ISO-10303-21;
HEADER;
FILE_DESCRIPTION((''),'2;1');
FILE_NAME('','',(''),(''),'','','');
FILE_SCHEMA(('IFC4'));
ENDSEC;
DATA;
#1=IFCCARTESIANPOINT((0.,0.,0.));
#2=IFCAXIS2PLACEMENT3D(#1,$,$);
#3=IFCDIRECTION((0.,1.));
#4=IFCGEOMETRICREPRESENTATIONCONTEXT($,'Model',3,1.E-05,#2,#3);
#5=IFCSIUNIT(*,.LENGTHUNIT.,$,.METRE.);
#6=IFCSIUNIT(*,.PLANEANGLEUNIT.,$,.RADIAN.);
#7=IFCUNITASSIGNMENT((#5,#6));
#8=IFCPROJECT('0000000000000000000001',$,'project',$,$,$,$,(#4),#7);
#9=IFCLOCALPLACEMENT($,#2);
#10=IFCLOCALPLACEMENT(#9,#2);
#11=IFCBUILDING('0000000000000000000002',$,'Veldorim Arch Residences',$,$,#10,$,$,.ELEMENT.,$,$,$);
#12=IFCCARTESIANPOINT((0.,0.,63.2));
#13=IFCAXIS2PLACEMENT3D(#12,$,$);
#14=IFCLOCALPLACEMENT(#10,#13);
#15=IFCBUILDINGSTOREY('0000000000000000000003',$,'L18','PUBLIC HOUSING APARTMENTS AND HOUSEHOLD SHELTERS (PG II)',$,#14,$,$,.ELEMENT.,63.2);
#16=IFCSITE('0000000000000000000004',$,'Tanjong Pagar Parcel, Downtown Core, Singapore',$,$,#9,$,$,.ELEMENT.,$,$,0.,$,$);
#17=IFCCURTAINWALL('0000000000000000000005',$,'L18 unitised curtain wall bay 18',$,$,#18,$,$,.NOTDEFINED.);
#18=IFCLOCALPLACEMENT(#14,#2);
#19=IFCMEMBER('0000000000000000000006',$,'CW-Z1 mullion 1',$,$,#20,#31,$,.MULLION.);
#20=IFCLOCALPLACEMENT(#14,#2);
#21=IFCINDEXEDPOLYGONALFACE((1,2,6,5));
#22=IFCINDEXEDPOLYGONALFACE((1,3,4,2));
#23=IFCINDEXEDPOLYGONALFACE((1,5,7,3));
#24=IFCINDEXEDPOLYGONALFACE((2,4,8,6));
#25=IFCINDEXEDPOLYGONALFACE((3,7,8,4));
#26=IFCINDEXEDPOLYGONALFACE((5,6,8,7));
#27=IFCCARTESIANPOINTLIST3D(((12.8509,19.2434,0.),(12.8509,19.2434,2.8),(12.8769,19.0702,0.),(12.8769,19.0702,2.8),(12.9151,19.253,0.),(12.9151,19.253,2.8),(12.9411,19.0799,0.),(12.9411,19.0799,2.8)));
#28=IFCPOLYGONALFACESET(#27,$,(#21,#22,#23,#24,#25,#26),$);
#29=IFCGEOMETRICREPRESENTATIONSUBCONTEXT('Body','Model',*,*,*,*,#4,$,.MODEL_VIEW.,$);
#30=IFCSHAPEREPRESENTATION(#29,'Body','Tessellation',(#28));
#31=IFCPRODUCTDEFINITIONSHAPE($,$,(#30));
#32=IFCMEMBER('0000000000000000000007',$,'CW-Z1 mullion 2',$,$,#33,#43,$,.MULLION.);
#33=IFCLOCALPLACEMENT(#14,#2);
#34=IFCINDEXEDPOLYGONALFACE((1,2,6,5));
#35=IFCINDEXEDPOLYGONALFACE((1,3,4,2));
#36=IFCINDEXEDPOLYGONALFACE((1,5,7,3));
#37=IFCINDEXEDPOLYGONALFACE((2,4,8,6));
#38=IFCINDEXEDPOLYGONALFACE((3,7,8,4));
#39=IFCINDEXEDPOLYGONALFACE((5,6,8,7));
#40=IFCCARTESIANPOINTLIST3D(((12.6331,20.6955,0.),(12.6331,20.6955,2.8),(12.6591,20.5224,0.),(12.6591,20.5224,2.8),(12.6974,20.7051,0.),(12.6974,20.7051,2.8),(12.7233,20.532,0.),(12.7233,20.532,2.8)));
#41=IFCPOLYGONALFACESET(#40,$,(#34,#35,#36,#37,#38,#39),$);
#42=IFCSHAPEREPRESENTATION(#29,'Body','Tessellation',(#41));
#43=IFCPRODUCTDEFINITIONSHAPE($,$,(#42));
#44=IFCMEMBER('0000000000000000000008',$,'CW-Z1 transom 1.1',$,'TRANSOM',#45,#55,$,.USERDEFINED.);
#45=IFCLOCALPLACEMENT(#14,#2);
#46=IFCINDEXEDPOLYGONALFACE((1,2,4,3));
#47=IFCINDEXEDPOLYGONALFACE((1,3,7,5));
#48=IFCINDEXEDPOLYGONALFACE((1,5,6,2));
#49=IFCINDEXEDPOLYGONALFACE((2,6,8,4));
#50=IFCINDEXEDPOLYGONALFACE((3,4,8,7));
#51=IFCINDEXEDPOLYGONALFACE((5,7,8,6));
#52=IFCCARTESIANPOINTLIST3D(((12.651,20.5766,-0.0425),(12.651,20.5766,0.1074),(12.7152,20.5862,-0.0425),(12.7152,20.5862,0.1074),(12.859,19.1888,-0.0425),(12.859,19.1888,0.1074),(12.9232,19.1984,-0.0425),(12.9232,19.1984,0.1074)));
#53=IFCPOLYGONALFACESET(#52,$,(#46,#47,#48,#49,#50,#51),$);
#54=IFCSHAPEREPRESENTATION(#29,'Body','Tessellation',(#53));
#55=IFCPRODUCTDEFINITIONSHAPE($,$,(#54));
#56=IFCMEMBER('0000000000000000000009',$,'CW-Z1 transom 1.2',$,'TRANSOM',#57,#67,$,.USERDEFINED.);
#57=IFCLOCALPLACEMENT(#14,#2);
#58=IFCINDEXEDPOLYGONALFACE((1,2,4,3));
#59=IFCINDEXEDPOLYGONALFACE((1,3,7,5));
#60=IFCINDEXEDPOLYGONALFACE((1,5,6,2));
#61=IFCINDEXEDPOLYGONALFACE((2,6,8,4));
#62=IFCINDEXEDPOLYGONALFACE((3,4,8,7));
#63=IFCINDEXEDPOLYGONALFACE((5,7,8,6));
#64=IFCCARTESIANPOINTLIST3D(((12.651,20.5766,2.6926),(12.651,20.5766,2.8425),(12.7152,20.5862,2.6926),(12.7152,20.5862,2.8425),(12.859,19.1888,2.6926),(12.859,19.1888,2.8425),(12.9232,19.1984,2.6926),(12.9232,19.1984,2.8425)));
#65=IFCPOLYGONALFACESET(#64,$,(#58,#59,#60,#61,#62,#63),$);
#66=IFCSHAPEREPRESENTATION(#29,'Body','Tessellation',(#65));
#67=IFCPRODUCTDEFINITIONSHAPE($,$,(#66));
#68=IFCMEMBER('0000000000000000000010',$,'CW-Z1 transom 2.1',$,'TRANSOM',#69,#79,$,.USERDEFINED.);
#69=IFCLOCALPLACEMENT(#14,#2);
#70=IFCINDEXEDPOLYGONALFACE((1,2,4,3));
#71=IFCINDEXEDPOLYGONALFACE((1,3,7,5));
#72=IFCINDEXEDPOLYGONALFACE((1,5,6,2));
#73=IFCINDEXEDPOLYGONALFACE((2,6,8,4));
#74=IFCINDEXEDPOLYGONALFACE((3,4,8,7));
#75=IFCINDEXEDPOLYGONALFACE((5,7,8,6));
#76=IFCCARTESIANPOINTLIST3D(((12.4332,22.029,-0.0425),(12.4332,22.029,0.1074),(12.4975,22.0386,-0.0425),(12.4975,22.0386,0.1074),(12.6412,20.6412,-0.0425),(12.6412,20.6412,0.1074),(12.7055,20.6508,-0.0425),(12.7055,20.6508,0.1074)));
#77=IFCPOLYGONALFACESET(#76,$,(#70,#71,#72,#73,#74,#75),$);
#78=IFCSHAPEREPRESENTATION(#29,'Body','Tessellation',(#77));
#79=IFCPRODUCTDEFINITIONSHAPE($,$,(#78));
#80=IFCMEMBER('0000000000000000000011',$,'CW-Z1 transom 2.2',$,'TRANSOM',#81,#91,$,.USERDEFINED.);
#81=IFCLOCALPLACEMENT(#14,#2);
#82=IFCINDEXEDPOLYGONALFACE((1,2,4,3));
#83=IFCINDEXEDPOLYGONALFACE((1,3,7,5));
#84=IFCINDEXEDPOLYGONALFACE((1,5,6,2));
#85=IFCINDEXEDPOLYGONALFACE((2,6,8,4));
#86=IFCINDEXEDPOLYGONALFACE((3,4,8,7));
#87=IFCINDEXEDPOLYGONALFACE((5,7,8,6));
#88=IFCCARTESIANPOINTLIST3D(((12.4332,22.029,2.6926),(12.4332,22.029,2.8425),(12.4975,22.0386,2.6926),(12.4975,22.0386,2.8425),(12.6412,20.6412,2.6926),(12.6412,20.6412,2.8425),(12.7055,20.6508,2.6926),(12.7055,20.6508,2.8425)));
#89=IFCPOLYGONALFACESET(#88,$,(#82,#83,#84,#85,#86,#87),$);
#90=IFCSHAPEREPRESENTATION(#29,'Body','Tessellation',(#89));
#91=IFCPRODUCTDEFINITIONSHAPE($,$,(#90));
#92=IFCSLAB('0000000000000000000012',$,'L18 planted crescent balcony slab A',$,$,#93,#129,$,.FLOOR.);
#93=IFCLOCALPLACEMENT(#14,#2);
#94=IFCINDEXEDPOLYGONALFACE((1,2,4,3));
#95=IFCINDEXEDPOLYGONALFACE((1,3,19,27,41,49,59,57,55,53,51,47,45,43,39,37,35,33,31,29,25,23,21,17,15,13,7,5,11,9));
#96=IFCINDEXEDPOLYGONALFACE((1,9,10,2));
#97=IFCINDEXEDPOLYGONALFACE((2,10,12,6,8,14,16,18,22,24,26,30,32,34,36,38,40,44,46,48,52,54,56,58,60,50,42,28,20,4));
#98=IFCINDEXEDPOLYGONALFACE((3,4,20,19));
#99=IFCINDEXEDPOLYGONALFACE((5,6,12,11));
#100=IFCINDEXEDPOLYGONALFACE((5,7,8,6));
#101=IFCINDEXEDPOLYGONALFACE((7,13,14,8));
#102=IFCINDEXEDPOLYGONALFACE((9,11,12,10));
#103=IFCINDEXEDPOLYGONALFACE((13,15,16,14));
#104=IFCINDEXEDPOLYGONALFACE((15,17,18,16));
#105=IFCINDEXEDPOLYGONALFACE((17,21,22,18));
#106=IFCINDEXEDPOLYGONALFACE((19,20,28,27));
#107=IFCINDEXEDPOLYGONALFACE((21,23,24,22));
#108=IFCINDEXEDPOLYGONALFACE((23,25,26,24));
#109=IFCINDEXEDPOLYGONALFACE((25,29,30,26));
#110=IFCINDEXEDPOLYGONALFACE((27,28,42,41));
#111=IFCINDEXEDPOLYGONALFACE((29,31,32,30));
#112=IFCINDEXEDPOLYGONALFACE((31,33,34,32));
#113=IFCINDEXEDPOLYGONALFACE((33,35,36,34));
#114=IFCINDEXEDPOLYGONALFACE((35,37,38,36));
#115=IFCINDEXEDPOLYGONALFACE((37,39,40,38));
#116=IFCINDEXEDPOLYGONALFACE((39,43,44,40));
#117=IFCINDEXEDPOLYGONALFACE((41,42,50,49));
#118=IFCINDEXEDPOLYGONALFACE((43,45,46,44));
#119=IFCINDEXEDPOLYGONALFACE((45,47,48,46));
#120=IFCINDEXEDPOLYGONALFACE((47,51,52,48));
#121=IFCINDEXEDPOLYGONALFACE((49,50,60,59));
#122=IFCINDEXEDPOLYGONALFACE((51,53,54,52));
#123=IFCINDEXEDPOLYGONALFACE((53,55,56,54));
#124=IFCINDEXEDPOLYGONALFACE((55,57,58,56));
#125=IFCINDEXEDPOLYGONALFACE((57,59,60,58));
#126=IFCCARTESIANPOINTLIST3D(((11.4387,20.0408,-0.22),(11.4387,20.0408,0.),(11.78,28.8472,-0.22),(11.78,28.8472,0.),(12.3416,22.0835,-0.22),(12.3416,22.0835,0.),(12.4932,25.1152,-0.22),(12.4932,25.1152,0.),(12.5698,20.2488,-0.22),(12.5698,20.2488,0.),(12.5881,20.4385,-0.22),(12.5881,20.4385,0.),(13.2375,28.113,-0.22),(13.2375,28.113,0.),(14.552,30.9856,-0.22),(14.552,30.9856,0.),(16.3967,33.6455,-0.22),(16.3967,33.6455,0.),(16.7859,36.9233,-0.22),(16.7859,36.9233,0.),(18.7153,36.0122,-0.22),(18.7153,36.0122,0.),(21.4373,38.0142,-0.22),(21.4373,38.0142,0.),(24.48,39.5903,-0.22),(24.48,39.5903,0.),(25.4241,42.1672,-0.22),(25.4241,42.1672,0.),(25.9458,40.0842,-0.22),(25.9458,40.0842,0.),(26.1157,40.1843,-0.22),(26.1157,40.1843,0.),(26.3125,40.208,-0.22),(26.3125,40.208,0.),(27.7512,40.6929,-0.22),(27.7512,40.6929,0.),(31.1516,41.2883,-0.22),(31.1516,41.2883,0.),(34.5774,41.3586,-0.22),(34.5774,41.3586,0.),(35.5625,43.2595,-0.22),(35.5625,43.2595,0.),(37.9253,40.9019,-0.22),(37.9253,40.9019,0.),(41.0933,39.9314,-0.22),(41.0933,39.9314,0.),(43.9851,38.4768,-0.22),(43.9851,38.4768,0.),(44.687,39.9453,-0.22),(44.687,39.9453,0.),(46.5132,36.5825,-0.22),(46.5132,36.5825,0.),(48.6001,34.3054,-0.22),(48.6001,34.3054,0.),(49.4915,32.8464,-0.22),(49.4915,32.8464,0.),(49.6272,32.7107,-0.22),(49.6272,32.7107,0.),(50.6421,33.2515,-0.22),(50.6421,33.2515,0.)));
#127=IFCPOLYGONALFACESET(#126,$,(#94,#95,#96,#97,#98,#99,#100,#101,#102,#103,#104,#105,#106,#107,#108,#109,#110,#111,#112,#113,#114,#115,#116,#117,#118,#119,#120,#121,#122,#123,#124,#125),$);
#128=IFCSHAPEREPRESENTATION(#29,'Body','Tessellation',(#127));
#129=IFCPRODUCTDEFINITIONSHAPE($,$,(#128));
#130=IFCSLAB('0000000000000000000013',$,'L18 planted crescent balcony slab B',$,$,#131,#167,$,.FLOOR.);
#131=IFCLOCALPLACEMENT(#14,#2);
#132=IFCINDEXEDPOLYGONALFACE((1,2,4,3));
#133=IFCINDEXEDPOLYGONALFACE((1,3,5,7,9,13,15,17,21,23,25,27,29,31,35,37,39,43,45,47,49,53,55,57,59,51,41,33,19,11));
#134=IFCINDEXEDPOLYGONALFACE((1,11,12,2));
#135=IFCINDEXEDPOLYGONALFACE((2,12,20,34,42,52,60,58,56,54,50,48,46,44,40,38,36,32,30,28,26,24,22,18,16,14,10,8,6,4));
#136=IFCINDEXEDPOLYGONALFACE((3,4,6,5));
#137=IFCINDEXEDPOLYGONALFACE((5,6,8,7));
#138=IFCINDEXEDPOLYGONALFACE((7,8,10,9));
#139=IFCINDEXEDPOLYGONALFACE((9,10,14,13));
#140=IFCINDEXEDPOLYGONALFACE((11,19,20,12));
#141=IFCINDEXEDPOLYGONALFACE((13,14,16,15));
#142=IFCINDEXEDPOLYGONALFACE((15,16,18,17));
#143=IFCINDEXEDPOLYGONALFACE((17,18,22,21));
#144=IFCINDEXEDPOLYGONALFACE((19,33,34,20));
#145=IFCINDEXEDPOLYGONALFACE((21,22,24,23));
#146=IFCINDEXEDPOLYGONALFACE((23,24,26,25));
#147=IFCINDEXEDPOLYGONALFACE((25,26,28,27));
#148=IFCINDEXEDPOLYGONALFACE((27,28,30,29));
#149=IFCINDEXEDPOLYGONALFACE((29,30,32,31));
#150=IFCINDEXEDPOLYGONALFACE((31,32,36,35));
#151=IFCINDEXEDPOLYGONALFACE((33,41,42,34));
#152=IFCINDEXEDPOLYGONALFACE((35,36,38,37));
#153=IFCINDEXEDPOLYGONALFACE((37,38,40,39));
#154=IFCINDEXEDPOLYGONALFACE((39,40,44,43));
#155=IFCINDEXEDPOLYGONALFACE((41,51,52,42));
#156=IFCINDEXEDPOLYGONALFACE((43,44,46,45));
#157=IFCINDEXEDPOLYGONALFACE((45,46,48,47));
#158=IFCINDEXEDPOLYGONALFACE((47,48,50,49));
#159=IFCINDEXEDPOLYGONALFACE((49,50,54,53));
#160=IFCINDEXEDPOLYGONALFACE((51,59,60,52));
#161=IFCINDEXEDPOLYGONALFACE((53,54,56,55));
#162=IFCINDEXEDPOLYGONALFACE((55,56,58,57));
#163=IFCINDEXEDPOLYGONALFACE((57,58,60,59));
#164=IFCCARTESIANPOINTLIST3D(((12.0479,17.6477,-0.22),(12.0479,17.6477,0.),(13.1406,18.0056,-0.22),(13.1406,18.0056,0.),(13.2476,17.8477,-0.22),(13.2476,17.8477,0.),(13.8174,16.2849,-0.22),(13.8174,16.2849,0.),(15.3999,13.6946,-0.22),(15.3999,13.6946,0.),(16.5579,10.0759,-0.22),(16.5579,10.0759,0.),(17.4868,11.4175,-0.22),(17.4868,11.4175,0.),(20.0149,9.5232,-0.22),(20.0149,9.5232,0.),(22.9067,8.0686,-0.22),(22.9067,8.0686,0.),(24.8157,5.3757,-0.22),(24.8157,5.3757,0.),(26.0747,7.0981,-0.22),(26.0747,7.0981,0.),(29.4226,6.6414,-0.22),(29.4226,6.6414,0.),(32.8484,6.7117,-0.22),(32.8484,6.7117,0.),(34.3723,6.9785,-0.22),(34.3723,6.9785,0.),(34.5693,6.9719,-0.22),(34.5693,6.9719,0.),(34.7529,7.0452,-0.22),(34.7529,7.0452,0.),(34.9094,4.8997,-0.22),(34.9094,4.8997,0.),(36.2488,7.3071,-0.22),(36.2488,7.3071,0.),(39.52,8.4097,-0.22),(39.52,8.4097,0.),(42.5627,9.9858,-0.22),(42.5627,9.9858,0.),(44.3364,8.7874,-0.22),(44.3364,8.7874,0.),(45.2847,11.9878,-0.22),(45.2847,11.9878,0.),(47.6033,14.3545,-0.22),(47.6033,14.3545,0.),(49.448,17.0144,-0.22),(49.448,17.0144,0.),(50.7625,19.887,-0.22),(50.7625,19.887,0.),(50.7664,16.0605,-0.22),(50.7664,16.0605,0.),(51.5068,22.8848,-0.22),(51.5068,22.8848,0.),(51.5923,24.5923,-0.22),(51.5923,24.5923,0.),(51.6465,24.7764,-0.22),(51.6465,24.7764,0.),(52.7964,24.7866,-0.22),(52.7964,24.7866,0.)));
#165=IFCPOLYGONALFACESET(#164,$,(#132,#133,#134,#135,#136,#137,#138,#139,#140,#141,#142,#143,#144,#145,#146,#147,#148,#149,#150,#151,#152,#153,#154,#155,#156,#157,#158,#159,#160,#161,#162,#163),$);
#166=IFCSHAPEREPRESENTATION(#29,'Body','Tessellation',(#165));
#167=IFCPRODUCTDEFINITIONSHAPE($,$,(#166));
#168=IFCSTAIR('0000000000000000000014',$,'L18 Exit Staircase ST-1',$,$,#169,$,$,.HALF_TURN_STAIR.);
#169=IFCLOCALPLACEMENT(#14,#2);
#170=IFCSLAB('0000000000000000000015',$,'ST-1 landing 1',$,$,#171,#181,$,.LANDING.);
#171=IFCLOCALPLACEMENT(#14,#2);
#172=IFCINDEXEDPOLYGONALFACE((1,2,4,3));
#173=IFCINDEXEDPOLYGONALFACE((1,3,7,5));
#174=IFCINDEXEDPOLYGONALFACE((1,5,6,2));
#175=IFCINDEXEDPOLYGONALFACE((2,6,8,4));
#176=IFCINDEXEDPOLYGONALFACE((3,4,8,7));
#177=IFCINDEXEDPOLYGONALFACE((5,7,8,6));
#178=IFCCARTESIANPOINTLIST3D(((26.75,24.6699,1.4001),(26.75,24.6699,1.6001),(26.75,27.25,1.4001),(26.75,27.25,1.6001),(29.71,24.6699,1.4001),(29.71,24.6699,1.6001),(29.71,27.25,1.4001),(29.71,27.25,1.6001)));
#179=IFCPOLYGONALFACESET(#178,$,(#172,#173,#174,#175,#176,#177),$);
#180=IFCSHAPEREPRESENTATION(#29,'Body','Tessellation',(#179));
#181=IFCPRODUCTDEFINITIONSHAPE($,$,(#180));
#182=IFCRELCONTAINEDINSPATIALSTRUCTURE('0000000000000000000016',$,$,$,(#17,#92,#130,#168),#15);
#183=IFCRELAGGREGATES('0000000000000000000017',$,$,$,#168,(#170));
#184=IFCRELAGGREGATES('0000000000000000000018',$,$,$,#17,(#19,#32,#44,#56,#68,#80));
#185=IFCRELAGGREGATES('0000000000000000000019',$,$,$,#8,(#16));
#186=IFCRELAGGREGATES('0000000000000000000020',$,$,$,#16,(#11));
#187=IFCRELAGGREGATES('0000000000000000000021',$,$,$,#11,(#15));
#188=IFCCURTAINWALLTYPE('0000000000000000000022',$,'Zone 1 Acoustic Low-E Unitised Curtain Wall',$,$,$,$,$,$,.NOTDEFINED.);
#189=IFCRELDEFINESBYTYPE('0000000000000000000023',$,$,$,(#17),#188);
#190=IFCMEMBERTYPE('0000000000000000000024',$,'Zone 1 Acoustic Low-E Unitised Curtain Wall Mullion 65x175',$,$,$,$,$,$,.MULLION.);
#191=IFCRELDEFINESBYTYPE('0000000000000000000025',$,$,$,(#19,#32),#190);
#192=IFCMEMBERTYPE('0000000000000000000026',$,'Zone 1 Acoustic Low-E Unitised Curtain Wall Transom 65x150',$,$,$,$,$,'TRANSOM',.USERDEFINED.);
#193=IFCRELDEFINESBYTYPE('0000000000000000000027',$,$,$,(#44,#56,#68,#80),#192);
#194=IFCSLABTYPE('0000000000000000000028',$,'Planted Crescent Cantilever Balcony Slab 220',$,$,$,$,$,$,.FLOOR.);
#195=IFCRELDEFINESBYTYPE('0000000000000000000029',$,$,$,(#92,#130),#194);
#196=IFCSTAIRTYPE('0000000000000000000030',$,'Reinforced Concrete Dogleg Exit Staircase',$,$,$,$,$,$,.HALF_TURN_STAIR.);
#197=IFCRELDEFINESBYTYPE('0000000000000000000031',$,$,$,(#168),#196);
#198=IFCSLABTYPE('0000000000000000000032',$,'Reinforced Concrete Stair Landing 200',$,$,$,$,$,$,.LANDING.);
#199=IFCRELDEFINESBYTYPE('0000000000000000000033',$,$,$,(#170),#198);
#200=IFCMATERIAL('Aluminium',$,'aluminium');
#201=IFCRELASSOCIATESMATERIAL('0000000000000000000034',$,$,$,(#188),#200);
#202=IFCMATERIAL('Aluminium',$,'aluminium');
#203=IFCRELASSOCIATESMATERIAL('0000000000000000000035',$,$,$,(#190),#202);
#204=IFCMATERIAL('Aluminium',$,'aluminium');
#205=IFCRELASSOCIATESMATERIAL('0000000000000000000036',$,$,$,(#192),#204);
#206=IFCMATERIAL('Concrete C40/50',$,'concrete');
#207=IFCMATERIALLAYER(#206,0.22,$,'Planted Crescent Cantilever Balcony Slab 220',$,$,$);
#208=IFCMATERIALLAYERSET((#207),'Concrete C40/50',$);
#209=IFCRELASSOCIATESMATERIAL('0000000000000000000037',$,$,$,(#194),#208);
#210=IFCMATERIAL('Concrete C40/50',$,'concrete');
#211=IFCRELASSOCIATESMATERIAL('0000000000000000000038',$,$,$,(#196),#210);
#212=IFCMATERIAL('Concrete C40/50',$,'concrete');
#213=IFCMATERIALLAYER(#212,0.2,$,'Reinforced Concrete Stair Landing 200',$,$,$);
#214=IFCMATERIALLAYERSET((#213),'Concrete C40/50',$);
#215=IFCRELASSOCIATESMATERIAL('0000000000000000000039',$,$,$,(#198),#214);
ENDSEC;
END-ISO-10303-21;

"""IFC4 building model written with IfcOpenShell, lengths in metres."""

from ifc_helpers import new_model, si_unit, direction, frame, origin, origin_2d, place, context, subcontext, project, spatial, polyline, rectangle, outline, extrude, material, layer, layer_set, material_profile, profile_set, type_object, element, aggregate, save


model = new_model("IFC4")

# Units and contexts
model_context = context("Model", 3, precision=1e-05, world=origin(), true_north=direction((0.0, 1.0)))
body_context = subcontext(model_context, "Body", "Model", "MODEL_VIEW")
ifc_project = project(units=[si_unit("LENGTHUNIT", "METRE"), si_unit("PLANEANGLEUNIT", "RADIAN")], contexts=[model_context])

# Site, building, storey
site_placement = place(None, origin())
site = spatial("IfcSite", under=ifc_project, at=site_placement, Name="Tanjong Pagar Parcel, Downtown Core, Singapore", CompositionType="ELEMENT", RefElevation=0.0)
building_placement = place(site_placement, origin())
building = spatial("IfcBuilding", under=site, at=building_placement, Name="Veldorim Arch Residences", CompositionType="ELEMENT")
storey_placement = place(building_placement, frame((0.0, 0.0, 63.2)))
storey = spatial("IfcBuildingStorey", under=building, at=storey_placement, Name="L18", Description="PUBLIC HOUSING APARTMENTS AND HOUSEHOLD SHELTERS (PG II)", CompositionType="ELEMENT", Elevation=63.2)

# Curtain wall, members
ifc_material_1 = material(Name="Aluminium", Category="aluminium")
curtain_wall_type = type_object("IfcCurtainWallType", Name="Zone 1 Acoustic Low-E Unitised Curtain Wall", PredefinedType="NOTDEFINED", material=ifc_material_1)
curtain_wall_placement = place(storey_placement, origin())
curtain_wall = element("IfcCurtainWall", 1, at=curtain_wall_placement, inside=storey, type_object=curtain_wall_type, Name="L18 unitised curtain wall bay 18", PredefinedType="NOTDEFINED")
ifc_material_2 = material(Name="Aluminium", Category="aluminium")
ifc_material_profile_1 = material_profile(ifc_material_2, rectangle(XDim=0.0649, YDim=0.175, at=origin_2d()), Name="ALU_MUL_65x175")
ifc_profile_set_1 = profile_set([ifc_material_profile_1], Name="Aluminium")
member_type_1 = type_object("IfcMemberType", Name="Zone 1 Acoustic Low-E Unitised Curtain Wall Mullion 65x175", PredefinedType="MULLION", material=ifc_profile_set_1)
member_1_placement = place(storey_placement, frame((12.896, 19.1616, 0.0), z_axis=(0.0, 0.0, 1.0), x_axis=(-0.988941, -0.148306, 0.0)))
member_1 = element("IfcMember", 2, at=member_1_placement, type_object=member_type_1, Name="CW-Z1 mullion 1", PredefinedType="MULLION", context=body_context, shape_type="SweptSolid", body=[
    extrude(rectangle(XDim=0.0649, YDim=0.175, at=origin_2d()), origin(), (0.0, 0.0, 1.0), 2.8),
])
member_2_placement = place(storey_placement, frame((12.6782, 20.6138, 0.0), z_axis=(0.0, 0.0, 1.0), x_axis=(-0.988941, -0.148306, 0.0)))
member_2 = element("IfcMember", 3, at=member_2_placement, type_object=member_type_1, Name="CW-Z1 mullion 2", PredefinedType="MULLION", context=body_context, shape_type="SweptSolid", body=[
    extrude(rectangle(XDim=0.0649, YDim=0.175, at=origin_2d()), origin(), (0.0, 0.0, 1.0), 2.8),
])
ifc_material_3 = material(Name="Aluminium", Category="aluminium")
ifc_material_profile_2 = material_profile(ifc_material_3, rectangle(XDim=0.0649, YDim=0.1499, at=origin_2d()), Name="ALU_TRN_65x150")
ifc_profile_set_2 = profile_set([ifc_material_profile_2], Name="Aluminium")
member_type_2 = type_object("IfcMemberType", Name="Zone 1 Acoustic Low-E Unitised Curtain Wall Transom 65x150", ElementType="TRANSOM", PredefinedType="USERDEFINED", material=ifc_profile_set_2)
member_3_placement = place(storey_placement, frame((12.8911, 19.1936, 0.0325), z_axis=(-0.148213, 0.988955, 0.0), x_axis=(-0.988955, -0.148213, 0.0)))
member_3 = element("IfcMember", 4, at=member_3_placement, type_object=member_type_2, Name="CW-Z1 transom 1.1", ObjectType="TRANSOM", PredefinedType="USERDEFINED", context=body_context, shape_type="SweptSolid", body=[
    extrude(rectangle(XDim=0.0649, YDim=0.1499, at=origin_2d()), origin(), (0.0, 0.0, 1.0), 1.4033),
])
member_4_placement = place(storey_placement, frame((12.8911, 19.1936, 2.7676), z_axis=(-0.148213, 0.988955, 0.0), x_axis=(-0.988955, -0.148213, 0.0)))
member_4 = element("IfcMember", 5, at=member_4_placement, type_object=member_type_2, Name="CW-Z1 transom 1.2", ObjectType="TRANSOM", PredefinedType="USERDEFINED", context=body_context, shape_type="SweptSolid", body=[
    extrude(rectangle(XDim=0.0649, YDim=0.1499, at=origin_2d()), origin(), (0.0, 0.0, 1.0), 1.4033),
])
member_5_placement = place(storey_placement, frame((12.6733, 20.646, 0.0325), z_axis=(-0.148213, 0.988955, 0.0), x_axis=(-0.988955, -0.148213, 0.0)))
member_5 = element("IfcMember", 6, at=member_5_placement, type_object=member_type_2, Name="CW-Z1 transom 2.1", ObjectType="TRANSOM", PredefinedType="USERDEFINED", context=body_context, shape_type="SweptSolid", body=[
    extrude(rectangle(XDim=0.0649, YDim=0.1499, at=origin_2d()), origin(), (0.0, 0.0, 1.0), 1.4033),
])
member_6_placement = place(storey_placement, frame((12.6733, 20.646, 2.7676), z_axis=(-0.148213, 0.988955, 0.0), x_axis=(-0.988955, -0.148213, 0.0)))
member_6 = element("IfcMember", 7, at=member_6_placement, type_object=member_type_2, Name="CW-Z1 transom 2.2", ObjectType="TRANSOM", PredefinedType="USERDEFINED", context=body_context, shape_type="SweptSolid", body=[
    extrude(rectangle(XDim=0.0649, YDim=0.1499, at=origin_2d()), origin(), (0.0, 0.0, 1.0), 1.4033),
])

# Slabs
ifc_material_4 = material(Name="Concrete C40/50", Category="concrete")
ifc_layer_1 = layer(ifc_material_4, 0.22, Name="Planted Crescent Cantilever Balcony Slab 220")
ifc_layer_set_1 = layer_set([ifc_layer_1], Name="Concrete C40/50")
slab_type_1 = type_object("IfcSlabType", Name="Planted Crescent Cantilever Balcony Slab 220", PredefinedType="FLOOR", material=ifc_layer_set_1)
slab_1_placement = place(storey_placement, frame((0.0, 0.0, -0.22)))
element("IfcSlab", 8, at=slab_1_placement, inside=storey, type_object=slab_type_1, Name="L18 planted crescent balcony slab A", PredefinedType="FLOOR", context=body_context, shape_type="SweptSolid", body=[
    extrude(outline(polyline([(49.4915, 32.8464), (48.6001, 34.3054), (46.5132, 36.5825), (43.9851, 38.4768), (41.0933, 39.9314), (37.9253, 40.9019), (34.5774, 41.3586), (31.1516, 41.2883), (27.7512, 40.6929), (26.3125, 40.208), (26.1157, 40.1843), (25.9458, 40.0842), (24.48, 39.5903), (21.4373, 38.0142), (18.7153, 36.0122), (16.3967, 33.6455), (14.552, 30.9856), (13.2375, 28.113), (12.4932, 25.1152), (12.3416, 22.0835), (12.5881, 20.4385), (12.5698, 20.2488), (11.4387, 20.0408), (11.78, 28.8472), (16.7859, 36.9233), (25.4241, 42.1672), (35.5625, 43.2595), (44.687, 39.9453), (50.6421, 33.2515), (49.6272, 32.7107), (49.4915, 32.8464)])), origin(), (0.0, 0.0, 1.0), 0.22),
])
slab_2_placement = place(storey_placement, frame((0.0, 0.0, -0.22)))
element("IfcSlab", 9, at=slab_2_placement, inside=storey, type_object=slab_type_1, Name="L18 planted crescent balcony slab B", PredefinedType="FLOOR", context=body_context, shape_type="SweptSolid", body=[
    extrude(outline(polyline([(13.2476, 17.8477), (13.8174, 16.2849), (15.3999, 13.6946), (17.4868, 11.4175), (20.0149, 9.5232), (22.9067, 8.0686), (26.0747, 7.0981), (29.4226, 6.6414), (32.8484, 6.7117), (34.3723, 6.9785), (34.5693, 6.9719), (34.7529, 7.0452), (36.2488, 7.3071), (39.52, 8.4097), (42.5627, 9.9858), (45.2847, 11.9878), (47.6033, 14.3545), (49.448, 17.0144), (50.7625, 19.887), (51.5068, 22.8848), (51.5923, 24.5923), (51.6465, 24.7764), (52.7964, 24.7866), (50.7664, 16.0605), (44.3364, 8.7874), (34.9094, 4.8997), (24.8157, 5.3757), (16.5579, 10.0759), (12.0479, 17.6477), (13.1406, 18.0056), (13.2476, 17.8477)])), origin(), (0.0, 0.0, 1.0), 0.22),
])

# Stair, slab
ifc_material_5 = material(Name="Concrete C40/50", Category="concrete")
stair_type = type_object("IfcStairType", Name="Reinforced Concrete Dogleg Exit Staircase", PredefinedType="HALF_TURN_STAIR", material=ifc_material_5)
stair_1_placement = place(storey_placement, origin())
stair_1 = element("IfcStair", 10, at=stair_1_placement, inside=storey, type_object=stair_type, Name="L18 Exit Staircase ST-1", PredefinedType="HALF_TURN_STAIR")
ifc_material_6 = material(Name="Concrete C40/50", Category="concrete")
ifc_layer_2 = layer(ifc_material_6, 0.2, Name="Reinforced Concrete Stair Landing 200")
ifc_layer_set_2 = layer_set([ifc_layer_2], Name="Concrete C40/50")
slab_type_2 = type_object("IfcSlabType", Name="Reinforced Concrete Stair Landing 200", PredefinedType="LANDING", material=ifc_layer_set_2)
slab_3_placement = place(storey_placement, frame((0.0, 0.0, 1.4001)))
slab_3 = element("IfcSlab", 11, at=slab_3_placement, type_object=slab_type_2, Name="ST-1 landing 1", PredefinedType="LANDING", context=body_context, shape_type="SweptSolid", body=[
    extrude(outline(polyline([(29.71, 24.6699), (29.71, 27.25), (26.75, 27.25), (26.75, 24.6699), (29.71, 24.6699)])), origin(), (0.0, 0.0, 1.0), 0.2),
])
aggregate(stair_1, [slab_3])

aggregate(curtain_wall, [member_1, member_2, member_3, member_4, member_5, member_6])

save(model, "model.ifc")
